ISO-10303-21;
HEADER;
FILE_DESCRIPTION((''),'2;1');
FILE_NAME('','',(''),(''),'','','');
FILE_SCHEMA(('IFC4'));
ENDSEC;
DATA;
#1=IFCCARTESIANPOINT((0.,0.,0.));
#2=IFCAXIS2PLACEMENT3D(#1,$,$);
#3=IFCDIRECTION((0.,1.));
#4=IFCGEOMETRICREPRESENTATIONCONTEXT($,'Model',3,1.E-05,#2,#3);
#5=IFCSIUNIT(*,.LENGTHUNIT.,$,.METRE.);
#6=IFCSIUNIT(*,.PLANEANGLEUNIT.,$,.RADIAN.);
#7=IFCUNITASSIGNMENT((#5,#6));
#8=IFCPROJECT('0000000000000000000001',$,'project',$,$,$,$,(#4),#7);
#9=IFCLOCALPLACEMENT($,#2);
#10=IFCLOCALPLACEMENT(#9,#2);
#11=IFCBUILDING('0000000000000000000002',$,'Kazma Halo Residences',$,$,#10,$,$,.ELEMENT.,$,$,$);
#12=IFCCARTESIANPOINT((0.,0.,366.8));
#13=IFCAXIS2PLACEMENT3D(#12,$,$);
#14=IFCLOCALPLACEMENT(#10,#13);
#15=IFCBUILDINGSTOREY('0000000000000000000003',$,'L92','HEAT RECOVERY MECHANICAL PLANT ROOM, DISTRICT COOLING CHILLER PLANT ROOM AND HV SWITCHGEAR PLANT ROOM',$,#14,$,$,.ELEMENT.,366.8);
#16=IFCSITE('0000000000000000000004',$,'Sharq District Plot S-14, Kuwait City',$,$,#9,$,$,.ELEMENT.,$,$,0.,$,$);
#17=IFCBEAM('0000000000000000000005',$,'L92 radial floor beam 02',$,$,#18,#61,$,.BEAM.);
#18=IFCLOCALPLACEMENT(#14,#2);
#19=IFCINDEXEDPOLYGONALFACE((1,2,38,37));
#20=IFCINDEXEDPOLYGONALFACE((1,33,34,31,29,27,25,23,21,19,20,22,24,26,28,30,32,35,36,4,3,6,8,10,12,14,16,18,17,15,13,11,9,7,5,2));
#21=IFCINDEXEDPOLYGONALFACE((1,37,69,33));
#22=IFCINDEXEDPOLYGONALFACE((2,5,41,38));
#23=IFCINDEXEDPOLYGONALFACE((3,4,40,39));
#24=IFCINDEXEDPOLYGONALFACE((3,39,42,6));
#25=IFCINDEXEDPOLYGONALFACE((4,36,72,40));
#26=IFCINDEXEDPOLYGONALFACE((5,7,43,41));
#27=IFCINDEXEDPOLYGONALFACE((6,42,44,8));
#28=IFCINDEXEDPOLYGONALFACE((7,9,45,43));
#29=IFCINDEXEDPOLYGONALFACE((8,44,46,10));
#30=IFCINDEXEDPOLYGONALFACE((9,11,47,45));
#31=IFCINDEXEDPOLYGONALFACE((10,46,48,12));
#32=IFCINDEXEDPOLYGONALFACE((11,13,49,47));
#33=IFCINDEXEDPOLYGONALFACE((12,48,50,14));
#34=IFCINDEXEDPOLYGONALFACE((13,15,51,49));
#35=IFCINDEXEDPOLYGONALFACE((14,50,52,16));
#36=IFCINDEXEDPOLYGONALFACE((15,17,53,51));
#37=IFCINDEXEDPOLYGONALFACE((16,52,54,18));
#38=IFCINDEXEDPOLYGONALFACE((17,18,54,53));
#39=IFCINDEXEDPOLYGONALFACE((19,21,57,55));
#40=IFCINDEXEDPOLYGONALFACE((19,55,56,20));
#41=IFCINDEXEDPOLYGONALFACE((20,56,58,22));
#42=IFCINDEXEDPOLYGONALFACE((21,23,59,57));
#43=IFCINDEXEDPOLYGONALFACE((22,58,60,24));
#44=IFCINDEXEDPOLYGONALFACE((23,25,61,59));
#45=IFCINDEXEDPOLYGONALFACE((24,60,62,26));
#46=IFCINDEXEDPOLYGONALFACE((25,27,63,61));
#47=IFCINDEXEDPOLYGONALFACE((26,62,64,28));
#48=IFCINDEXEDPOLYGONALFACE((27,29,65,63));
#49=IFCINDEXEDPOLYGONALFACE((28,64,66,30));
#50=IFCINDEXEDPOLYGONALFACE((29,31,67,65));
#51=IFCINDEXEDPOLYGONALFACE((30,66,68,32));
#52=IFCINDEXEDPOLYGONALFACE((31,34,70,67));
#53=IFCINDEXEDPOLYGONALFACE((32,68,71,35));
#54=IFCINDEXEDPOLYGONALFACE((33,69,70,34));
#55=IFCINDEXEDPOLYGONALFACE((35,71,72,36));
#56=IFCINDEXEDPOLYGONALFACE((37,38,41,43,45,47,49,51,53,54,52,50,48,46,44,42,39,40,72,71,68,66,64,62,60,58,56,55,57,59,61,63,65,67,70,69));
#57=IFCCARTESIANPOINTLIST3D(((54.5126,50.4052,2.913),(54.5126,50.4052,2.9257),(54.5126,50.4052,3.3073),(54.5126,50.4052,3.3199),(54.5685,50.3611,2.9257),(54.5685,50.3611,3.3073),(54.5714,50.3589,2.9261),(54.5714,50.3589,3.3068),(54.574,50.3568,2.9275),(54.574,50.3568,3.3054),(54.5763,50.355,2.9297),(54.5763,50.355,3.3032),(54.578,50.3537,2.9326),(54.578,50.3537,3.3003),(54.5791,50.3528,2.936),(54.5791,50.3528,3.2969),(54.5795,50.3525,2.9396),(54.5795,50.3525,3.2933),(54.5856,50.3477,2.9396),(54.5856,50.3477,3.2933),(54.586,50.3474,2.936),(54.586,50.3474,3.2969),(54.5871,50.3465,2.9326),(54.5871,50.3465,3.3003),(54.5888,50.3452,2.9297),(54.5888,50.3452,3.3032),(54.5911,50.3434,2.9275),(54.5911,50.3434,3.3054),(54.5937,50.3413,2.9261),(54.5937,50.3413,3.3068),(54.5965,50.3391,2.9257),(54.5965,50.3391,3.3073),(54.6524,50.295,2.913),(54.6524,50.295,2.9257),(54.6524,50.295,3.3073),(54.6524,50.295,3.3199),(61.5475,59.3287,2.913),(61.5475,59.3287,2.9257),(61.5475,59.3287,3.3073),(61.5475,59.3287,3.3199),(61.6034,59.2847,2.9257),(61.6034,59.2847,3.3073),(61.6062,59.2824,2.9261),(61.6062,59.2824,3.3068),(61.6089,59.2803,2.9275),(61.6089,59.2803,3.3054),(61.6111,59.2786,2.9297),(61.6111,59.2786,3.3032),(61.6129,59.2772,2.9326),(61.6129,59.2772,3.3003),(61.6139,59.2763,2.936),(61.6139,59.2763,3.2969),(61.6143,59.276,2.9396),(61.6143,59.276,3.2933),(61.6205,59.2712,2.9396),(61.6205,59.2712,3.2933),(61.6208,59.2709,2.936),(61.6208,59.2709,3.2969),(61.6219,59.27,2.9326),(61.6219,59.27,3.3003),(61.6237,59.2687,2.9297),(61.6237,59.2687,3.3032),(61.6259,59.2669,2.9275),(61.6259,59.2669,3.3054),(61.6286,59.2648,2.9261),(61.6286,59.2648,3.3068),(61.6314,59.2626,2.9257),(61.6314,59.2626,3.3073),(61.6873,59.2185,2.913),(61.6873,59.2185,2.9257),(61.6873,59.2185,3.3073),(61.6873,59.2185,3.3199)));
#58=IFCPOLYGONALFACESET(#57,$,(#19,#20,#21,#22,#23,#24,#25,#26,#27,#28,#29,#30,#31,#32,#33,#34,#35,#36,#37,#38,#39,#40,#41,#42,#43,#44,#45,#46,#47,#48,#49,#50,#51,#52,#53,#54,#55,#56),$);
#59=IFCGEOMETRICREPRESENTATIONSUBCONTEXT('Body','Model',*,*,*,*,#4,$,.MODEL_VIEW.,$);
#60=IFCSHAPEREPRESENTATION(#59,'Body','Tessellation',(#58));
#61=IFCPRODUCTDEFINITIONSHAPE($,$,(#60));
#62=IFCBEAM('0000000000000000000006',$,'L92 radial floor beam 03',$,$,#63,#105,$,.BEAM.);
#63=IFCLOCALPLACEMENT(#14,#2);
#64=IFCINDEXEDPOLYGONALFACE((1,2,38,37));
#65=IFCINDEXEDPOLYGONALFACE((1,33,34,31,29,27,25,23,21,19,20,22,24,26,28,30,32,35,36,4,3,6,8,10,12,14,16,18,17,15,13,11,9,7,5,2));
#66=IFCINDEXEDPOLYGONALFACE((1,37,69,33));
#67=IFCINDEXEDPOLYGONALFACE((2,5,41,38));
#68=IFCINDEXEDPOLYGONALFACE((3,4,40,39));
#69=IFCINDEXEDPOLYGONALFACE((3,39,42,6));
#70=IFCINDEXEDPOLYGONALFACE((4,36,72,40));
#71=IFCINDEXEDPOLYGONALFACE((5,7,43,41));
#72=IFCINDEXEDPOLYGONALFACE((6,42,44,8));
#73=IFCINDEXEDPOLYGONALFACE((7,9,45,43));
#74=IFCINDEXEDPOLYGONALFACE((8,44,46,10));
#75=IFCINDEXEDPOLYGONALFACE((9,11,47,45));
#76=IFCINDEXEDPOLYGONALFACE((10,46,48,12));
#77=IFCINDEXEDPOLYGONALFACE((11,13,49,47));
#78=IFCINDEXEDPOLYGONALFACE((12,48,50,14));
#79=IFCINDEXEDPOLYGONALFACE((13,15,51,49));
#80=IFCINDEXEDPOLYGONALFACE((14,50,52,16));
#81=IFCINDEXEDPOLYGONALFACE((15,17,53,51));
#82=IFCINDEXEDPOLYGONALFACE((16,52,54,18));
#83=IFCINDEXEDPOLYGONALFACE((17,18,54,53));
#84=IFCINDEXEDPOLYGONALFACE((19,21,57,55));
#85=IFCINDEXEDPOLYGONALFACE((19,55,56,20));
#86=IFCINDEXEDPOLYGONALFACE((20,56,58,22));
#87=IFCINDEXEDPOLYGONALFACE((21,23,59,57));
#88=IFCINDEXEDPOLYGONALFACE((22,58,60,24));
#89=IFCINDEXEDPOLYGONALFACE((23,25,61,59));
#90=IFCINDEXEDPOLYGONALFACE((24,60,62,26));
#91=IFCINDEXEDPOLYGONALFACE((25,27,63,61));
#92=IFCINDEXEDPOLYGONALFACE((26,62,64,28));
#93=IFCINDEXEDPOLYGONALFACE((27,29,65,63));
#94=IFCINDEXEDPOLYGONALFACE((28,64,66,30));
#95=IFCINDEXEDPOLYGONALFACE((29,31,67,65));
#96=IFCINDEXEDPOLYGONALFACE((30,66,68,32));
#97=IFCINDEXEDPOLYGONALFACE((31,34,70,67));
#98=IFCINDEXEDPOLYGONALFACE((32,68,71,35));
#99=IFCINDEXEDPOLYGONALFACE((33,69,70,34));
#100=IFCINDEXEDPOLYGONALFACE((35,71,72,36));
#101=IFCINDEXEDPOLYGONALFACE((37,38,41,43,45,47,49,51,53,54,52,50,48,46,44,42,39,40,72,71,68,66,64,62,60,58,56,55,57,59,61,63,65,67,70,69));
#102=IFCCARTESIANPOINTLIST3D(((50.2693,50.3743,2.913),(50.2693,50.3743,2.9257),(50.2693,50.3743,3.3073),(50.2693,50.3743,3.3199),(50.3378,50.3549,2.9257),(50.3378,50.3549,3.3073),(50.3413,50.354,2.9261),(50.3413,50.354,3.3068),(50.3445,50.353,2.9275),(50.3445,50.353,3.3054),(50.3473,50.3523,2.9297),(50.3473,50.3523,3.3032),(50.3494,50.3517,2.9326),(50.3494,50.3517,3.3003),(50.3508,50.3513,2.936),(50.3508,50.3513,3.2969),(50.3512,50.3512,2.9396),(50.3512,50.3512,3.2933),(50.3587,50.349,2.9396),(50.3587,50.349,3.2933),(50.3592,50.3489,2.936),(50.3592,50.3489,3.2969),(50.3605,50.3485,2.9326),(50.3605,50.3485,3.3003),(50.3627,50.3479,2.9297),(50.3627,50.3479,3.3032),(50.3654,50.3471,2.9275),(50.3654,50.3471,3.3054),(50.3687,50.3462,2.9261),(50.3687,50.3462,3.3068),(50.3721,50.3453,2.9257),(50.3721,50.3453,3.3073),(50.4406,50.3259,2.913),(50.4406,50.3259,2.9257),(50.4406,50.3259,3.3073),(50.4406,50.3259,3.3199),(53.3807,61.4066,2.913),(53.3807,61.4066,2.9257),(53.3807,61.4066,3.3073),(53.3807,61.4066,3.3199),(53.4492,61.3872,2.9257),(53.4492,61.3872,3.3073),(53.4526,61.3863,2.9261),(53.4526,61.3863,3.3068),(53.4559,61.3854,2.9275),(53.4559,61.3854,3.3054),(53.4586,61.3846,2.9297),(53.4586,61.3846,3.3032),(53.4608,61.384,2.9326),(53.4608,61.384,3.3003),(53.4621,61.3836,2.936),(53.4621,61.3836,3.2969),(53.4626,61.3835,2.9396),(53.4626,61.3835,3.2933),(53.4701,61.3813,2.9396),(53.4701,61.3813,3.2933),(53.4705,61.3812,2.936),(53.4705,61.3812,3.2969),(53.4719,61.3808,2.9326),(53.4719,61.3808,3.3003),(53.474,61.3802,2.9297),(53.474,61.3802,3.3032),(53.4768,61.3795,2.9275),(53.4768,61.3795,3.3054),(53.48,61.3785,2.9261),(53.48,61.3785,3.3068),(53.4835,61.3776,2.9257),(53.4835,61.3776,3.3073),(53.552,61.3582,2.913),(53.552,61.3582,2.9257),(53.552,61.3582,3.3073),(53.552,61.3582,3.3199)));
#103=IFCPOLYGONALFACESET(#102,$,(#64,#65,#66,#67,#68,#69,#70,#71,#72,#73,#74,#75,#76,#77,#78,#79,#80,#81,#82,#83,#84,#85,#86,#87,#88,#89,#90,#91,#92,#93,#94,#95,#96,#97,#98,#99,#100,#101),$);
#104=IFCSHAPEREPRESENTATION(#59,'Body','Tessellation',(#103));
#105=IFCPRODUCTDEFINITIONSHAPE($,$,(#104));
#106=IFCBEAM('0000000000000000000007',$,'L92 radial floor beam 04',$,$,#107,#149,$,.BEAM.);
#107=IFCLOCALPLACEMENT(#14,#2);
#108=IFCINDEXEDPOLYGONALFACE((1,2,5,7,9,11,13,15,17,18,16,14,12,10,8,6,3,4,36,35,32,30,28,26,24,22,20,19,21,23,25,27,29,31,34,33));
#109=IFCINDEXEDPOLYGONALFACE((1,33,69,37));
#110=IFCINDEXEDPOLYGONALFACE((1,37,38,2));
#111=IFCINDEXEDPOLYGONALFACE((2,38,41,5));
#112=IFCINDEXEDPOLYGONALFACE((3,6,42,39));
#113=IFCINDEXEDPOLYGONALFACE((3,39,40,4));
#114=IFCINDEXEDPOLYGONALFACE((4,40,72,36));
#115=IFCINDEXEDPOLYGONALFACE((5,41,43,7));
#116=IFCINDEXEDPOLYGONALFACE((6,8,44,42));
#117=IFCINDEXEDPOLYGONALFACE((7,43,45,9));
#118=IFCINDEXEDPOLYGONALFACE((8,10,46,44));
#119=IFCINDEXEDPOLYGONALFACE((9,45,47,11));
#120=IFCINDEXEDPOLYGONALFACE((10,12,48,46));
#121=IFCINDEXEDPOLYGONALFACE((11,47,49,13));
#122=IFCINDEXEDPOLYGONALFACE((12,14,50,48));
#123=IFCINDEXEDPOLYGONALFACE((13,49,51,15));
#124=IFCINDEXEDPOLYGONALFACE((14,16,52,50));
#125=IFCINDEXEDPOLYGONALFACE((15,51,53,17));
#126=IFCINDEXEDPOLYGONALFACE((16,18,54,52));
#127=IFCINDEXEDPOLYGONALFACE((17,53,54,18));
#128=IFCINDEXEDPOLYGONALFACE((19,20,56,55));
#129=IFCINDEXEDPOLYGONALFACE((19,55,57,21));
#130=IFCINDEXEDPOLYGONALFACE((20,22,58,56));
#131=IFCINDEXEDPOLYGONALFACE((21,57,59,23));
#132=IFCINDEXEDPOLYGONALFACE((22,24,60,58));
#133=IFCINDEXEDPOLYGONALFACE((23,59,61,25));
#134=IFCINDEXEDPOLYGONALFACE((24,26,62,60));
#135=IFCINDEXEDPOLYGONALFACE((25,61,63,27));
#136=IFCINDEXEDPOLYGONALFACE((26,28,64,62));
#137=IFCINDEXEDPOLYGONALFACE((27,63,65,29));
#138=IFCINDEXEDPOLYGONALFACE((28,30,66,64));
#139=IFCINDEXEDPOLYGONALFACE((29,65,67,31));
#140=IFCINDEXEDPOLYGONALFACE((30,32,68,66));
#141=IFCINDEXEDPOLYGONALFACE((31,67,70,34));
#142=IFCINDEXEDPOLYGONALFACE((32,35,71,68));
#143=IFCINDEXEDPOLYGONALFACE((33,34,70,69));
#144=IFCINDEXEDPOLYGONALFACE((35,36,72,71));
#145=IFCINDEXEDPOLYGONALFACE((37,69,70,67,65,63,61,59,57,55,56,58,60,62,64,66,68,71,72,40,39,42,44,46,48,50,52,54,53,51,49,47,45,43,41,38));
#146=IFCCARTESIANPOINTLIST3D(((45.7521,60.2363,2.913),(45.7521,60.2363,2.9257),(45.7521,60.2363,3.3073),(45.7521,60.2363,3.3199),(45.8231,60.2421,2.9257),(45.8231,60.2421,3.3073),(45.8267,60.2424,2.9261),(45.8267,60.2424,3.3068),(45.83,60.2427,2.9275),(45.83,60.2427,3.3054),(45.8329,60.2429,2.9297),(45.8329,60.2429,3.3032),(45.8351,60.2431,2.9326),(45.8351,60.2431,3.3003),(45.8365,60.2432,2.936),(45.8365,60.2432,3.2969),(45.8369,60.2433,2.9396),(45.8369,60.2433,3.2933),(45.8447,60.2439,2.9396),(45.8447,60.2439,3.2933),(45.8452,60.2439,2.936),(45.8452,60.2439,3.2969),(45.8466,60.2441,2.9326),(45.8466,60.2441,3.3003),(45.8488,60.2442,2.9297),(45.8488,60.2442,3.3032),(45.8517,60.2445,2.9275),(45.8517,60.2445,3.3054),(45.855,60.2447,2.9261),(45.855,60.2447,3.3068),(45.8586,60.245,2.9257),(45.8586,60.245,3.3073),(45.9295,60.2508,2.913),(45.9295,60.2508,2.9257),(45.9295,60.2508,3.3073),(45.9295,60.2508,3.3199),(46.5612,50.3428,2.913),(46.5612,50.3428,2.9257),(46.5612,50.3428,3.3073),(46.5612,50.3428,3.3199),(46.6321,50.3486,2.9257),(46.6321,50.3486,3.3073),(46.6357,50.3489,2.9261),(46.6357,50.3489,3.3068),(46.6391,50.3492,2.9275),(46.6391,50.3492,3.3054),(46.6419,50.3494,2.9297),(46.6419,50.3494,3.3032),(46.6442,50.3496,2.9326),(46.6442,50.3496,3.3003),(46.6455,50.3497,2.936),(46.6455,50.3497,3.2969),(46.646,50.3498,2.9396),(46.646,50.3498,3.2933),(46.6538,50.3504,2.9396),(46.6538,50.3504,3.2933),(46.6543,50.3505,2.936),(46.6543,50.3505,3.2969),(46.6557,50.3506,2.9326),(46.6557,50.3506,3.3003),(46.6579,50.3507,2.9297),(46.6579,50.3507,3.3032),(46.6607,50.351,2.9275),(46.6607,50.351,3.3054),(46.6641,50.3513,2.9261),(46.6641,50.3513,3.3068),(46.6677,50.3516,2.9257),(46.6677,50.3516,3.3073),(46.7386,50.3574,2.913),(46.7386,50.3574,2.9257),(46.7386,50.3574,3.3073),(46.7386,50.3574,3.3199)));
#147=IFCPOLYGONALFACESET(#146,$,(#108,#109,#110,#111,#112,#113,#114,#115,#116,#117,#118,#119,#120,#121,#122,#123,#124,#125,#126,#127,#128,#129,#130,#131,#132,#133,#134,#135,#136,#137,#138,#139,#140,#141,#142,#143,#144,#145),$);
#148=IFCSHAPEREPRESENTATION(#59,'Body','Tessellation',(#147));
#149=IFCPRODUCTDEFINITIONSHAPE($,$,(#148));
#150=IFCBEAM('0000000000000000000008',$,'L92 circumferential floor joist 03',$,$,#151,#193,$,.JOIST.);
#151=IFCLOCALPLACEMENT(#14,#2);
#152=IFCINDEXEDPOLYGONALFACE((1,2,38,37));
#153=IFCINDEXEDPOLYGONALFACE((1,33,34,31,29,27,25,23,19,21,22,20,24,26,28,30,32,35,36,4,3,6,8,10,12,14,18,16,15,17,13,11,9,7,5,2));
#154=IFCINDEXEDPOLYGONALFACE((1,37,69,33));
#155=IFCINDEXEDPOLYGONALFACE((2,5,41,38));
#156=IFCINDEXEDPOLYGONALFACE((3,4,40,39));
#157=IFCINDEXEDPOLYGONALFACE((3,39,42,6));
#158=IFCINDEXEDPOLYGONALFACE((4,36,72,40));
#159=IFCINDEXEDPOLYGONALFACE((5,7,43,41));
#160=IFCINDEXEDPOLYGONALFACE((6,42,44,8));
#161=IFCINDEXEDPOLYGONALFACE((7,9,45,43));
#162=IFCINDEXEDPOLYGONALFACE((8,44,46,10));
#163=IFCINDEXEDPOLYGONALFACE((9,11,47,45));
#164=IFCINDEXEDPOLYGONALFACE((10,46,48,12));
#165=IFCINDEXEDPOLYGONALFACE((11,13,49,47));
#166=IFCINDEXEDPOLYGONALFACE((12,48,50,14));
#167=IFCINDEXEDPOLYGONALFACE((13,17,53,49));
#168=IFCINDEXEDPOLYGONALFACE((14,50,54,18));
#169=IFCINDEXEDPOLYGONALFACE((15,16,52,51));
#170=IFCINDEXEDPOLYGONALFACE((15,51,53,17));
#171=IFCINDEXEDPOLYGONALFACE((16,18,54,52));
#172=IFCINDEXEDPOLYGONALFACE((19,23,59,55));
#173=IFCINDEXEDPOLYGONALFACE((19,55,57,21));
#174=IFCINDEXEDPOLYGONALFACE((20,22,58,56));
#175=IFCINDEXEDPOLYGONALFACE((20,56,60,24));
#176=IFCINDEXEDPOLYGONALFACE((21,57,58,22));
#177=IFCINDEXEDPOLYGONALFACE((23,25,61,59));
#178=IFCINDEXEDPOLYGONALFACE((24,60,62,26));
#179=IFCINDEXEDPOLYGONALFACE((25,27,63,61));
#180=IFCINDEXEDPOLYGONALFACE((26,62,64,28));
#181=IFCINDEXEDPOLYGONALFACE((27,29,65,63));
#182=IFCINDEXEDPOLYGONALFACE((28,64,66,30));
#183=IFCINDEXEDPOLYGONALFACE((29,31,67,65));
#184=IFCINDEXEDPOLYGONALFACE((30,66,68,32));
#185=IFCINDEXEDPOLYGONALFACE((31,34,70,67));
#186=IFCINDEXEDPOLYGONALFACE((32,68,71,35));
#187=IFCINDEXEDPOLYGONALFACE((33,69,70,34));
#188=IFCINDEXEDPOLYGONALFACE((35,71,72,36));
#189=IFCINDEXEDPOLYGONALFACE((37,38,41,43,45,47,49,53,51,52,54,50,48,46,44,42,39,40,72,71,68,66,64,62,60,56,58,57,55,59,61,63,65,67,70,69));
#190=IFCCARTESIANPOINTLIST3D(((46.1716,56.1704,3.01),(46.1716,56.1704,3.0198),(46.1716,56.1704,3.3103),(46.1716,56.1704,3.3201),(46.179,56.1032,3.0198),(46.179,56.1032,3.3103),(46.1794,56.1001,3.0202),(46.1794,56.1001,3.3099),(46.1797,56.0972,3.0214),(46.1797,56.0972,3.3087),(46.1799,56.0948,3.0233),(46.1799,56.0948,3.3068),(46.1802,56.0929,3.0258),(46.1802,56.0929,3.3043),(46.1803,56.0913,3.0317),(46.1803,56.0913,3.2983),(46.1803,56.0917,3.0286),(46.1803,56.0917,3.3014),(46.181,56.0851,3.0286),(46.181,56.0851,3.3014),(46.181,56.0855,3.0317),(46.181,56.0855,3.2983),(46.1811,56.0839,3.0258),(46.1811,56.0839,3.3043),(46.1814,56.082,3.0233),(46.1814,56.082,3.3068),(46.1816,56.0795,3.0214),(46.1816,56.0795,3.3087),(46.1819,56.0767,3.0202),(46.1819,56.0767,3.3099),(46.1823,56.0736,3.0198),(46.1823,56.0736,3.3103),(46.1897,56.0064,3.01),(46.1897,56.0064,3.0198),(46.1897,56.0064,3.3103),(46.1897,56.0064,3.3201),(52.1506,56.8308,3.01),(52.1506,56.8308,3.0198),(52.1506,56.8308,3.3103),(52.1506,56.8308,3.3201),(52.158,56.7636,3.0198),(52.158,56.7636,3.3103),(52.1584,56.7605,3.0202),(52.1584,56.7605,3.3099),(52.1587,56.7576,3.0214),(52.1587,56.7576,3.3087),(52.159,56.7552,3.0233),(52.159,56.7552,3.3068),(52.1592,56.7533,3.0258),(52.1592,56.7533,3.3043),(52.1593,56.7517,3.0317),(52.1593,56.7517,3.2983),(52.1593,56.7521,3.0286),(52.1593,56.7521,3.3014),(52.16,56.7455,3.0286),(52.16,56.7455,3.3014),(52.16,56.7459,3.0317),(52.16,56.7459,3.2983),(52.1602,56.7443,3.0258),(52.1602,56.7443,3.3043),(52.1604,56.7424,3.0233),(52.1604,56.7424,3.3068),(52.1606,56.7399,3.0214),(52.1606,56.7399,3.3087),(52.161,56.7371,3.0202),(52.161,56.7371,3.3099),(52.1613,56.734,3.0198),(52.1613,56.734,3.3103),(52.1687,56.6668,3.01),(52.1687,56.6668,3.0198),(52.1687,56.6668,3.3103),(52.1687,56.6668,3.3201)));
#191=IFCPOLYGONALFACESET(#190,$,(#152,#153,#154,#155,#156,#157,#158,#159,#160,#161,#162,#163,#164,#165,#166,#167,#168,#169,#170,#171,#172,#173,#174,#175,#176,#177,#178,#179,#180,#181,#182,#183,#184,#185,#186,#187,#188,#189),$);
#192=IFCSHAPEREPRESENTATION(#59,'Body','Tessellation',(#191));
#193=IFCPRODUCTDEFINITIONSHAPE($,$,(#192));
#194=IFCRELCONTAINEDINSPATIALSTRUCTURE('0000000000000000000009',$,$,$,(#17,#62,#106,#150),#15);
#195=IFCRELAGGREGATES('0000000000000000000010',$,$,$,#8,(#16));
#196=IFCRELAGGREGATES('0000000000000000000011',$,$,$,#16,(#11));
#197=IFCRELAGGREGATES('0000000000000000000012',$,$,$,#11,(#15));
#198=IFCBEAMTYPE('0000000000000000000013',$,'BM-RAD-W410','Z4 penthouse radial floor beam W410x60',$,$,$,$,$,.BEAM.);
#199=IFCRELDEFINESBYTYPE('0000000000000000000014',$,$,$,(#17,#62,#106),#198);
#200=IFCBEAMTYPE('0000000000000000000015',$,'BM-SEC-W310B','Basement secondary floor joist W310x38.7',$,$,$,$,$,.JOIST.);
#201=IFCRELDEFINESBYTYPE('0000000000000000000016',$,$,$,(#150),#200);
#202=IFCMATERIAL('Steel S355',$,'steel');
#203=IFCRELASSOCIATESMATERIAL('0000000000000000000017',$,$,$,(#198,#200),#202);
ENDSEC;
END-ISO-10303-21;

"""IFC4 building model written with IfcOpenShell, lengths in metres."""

from ifc_helpers import new_model, si_unit, direction, frame, origin, origin_2d, place, context, subcontext, project, spatial, i_section, extrude, material, material_profile, profile_set, type_object, element, save


model = new_model("IFC4")

# Units and contexts
model_context = context("Model", 3, precision=1e-05, world=origin(), true_north=direction((0.0, 1.0)))
body_context = subcontext(model_context, "Body", "Model", "MODEL_VIEW")
ifc_project = project(units=[si_unit("LENGTHUNIT", "METRE"), si_unit("PLANEANGLEUNIT", "RADIAN")], contexts=[model_context])

# Site, building, storey
site_placement = place(None, origin())
site = spatial("IfcSite", under=ifc_project, at=site_placement, Name="Sharq District Plot S-14, Kuwait City", CompositionType="ELEMENT", RefElevation=0.0)
building_placement = place(site_placement, origin())
building = spatial("IfcBuilding", under=site, at=building_placement, Name="Kazma Halo Residences", CompositionType="ELEMENT")
storey_placement = place(building_placement, frame((0.0, 0.0, 366.8)))
storey = spatial("IfcBuildingStorey", under=building, at=storey_placement, Name="L92", Description="HEAT RECOVERY MECHANICAL PLANT ROOM, DISTRICT COOLING CHILLER PLANT ROOM AND HV SWITCHGEAR PLANT ROOM", CompositionType="ELEMENT", Elevation=366.8)

# Shared definitions
ifc_material_1 = material(Name="Steel S355", Category="steel")

# Beams
ifc_material_profile_1 = material_profile(ifc_material_1, i_section(OverallWidth=0.178, OverallDepth=0.407, WebThickness=0.0078, FlangeThickness=0.0127, FilletRadius=0.0139, at=origin_2d()), Name="W410x60")
ifc_profile_set_1 = profile_set([ifc_material_profile_1], Name="Steel S355")
beam_type_1 = type_object("IfcBeamType", Name="BM-RAD-W410", Description="Z4 penthouse radial floor beam W410x60", PredefinedType="BEAM", material=ifc_profile_set_1)
beam_1_placement = place(storey_placement, frame((54.5825, 50.3501, 3.1165), z_axis=(0.619101, 0.785312, 0.0), x_axis=(-0.785312, 0.619101, 0.0)))
element("IfcBeam", 1, at=beam_1_placement, inside=storey, type_object=beam_type_1, Name="L92 radial floor beam 02", PredefinedType="BEAM", context=body_context, shape_type="SweptSolid", body=[
    extrude(i_section(OverallWidth=0.178, OverallDepth=0.407, WebThickness=0.0078, FlangeThickness=0.0127, FilletRadius=0.0139, at=origin_2d()), origin(), (0.0, 0.0, 1.0), 11.363),
])
beam_2_placement = place(storey_placement, frame((50.355, 50.3501, 3.1165), z_axis=(0.271434, 0.962457, 0.0), x_axis=(-0.962457, 0.271434, 0.0)))
element("IfcBeam", 2, at=beam_2_placement, inside=storey, type_object=beam_type_1, Name="L92 radial floor beam 03", PredefinedType="BEAM", context=body_context, shape_type="SweptSolid", body=[
    extrude(i_section(OverallWidth=0.178, OverallDepth=0.407, WebThickness=0.0078, FlangeThickness=0.0127, FilletRadius=0.0139, at=origin_2d()), origin(), (0.0, 0.0, 1.0), 11.4626),
])
beam_3_placement = place(storey_placement, frame((46.6499, 50.3501, 3.1165), z_axis=(-0.081507, 0.996673, 0.0), x_axis=(-0.996673, -0.081507, 0.0)))
element("IfcBeam", 3, at=beam_3_placement, inside=storey, type_object=beam_type_1, Name="L92 radial floor beam 04", PredefinedType="BEAM", context=body_context, shape_type="SweptSolid", body=[
    extrude(i_section(OverallWidth=0.178, OverallDepth=0.407, WebThickness=0.0078, FlangeThickness=0.0127, FilletRadius=0.0139, at=origin_2d()), origin(), (0.0, 0.0, 1.0), 9.9265),
])
ifc_material_profile_2 = material_profile(ifc_material_1, i_section(OverallWidth=0.165, OverallDepth=0.3101, WebThickness=0.0059, FlangeThickness=0.0098, FilletRadius=0.012, at=origin_2d()), Name="W310x38.7")
ifc_profile_set_2 = profile_set([ifc_material_profile_2], Name="Steel S355")
beam_type_2 = type_object("IfcBeamType", Name="BM-SEC-W310B", Description="Basement secondary floor joist W310x38.7", PredefinedType="JOIST", material=ifc_profile_set_2)
beam_4_placement = place(storey_placement, frame((52.1597, 56.7488, 3.165), z_axis=(-0.993955, -0.109786, 0.0), x_axis=(0.109786, -0.993955, 0.0)))
element("IfcBeam", 4, at=beam_4_placement, inside=storey, type_object=beam_type_2, Name="L92 circumferential floor joist 03", PredefinedType="JOIST", context=body_context, shape_type="SweptSolid", body=[
    extrude(i_section(OverallWidth=0.165, OverallDepth=0.3101, WebThickness=0.0059, FlangeThickness=0.0098, FilletRadius=0.012, at=origin_2d()), origin(), (0.0, 0.0, 1.0), 6.0154),
])

save(model, "model.ifc")
